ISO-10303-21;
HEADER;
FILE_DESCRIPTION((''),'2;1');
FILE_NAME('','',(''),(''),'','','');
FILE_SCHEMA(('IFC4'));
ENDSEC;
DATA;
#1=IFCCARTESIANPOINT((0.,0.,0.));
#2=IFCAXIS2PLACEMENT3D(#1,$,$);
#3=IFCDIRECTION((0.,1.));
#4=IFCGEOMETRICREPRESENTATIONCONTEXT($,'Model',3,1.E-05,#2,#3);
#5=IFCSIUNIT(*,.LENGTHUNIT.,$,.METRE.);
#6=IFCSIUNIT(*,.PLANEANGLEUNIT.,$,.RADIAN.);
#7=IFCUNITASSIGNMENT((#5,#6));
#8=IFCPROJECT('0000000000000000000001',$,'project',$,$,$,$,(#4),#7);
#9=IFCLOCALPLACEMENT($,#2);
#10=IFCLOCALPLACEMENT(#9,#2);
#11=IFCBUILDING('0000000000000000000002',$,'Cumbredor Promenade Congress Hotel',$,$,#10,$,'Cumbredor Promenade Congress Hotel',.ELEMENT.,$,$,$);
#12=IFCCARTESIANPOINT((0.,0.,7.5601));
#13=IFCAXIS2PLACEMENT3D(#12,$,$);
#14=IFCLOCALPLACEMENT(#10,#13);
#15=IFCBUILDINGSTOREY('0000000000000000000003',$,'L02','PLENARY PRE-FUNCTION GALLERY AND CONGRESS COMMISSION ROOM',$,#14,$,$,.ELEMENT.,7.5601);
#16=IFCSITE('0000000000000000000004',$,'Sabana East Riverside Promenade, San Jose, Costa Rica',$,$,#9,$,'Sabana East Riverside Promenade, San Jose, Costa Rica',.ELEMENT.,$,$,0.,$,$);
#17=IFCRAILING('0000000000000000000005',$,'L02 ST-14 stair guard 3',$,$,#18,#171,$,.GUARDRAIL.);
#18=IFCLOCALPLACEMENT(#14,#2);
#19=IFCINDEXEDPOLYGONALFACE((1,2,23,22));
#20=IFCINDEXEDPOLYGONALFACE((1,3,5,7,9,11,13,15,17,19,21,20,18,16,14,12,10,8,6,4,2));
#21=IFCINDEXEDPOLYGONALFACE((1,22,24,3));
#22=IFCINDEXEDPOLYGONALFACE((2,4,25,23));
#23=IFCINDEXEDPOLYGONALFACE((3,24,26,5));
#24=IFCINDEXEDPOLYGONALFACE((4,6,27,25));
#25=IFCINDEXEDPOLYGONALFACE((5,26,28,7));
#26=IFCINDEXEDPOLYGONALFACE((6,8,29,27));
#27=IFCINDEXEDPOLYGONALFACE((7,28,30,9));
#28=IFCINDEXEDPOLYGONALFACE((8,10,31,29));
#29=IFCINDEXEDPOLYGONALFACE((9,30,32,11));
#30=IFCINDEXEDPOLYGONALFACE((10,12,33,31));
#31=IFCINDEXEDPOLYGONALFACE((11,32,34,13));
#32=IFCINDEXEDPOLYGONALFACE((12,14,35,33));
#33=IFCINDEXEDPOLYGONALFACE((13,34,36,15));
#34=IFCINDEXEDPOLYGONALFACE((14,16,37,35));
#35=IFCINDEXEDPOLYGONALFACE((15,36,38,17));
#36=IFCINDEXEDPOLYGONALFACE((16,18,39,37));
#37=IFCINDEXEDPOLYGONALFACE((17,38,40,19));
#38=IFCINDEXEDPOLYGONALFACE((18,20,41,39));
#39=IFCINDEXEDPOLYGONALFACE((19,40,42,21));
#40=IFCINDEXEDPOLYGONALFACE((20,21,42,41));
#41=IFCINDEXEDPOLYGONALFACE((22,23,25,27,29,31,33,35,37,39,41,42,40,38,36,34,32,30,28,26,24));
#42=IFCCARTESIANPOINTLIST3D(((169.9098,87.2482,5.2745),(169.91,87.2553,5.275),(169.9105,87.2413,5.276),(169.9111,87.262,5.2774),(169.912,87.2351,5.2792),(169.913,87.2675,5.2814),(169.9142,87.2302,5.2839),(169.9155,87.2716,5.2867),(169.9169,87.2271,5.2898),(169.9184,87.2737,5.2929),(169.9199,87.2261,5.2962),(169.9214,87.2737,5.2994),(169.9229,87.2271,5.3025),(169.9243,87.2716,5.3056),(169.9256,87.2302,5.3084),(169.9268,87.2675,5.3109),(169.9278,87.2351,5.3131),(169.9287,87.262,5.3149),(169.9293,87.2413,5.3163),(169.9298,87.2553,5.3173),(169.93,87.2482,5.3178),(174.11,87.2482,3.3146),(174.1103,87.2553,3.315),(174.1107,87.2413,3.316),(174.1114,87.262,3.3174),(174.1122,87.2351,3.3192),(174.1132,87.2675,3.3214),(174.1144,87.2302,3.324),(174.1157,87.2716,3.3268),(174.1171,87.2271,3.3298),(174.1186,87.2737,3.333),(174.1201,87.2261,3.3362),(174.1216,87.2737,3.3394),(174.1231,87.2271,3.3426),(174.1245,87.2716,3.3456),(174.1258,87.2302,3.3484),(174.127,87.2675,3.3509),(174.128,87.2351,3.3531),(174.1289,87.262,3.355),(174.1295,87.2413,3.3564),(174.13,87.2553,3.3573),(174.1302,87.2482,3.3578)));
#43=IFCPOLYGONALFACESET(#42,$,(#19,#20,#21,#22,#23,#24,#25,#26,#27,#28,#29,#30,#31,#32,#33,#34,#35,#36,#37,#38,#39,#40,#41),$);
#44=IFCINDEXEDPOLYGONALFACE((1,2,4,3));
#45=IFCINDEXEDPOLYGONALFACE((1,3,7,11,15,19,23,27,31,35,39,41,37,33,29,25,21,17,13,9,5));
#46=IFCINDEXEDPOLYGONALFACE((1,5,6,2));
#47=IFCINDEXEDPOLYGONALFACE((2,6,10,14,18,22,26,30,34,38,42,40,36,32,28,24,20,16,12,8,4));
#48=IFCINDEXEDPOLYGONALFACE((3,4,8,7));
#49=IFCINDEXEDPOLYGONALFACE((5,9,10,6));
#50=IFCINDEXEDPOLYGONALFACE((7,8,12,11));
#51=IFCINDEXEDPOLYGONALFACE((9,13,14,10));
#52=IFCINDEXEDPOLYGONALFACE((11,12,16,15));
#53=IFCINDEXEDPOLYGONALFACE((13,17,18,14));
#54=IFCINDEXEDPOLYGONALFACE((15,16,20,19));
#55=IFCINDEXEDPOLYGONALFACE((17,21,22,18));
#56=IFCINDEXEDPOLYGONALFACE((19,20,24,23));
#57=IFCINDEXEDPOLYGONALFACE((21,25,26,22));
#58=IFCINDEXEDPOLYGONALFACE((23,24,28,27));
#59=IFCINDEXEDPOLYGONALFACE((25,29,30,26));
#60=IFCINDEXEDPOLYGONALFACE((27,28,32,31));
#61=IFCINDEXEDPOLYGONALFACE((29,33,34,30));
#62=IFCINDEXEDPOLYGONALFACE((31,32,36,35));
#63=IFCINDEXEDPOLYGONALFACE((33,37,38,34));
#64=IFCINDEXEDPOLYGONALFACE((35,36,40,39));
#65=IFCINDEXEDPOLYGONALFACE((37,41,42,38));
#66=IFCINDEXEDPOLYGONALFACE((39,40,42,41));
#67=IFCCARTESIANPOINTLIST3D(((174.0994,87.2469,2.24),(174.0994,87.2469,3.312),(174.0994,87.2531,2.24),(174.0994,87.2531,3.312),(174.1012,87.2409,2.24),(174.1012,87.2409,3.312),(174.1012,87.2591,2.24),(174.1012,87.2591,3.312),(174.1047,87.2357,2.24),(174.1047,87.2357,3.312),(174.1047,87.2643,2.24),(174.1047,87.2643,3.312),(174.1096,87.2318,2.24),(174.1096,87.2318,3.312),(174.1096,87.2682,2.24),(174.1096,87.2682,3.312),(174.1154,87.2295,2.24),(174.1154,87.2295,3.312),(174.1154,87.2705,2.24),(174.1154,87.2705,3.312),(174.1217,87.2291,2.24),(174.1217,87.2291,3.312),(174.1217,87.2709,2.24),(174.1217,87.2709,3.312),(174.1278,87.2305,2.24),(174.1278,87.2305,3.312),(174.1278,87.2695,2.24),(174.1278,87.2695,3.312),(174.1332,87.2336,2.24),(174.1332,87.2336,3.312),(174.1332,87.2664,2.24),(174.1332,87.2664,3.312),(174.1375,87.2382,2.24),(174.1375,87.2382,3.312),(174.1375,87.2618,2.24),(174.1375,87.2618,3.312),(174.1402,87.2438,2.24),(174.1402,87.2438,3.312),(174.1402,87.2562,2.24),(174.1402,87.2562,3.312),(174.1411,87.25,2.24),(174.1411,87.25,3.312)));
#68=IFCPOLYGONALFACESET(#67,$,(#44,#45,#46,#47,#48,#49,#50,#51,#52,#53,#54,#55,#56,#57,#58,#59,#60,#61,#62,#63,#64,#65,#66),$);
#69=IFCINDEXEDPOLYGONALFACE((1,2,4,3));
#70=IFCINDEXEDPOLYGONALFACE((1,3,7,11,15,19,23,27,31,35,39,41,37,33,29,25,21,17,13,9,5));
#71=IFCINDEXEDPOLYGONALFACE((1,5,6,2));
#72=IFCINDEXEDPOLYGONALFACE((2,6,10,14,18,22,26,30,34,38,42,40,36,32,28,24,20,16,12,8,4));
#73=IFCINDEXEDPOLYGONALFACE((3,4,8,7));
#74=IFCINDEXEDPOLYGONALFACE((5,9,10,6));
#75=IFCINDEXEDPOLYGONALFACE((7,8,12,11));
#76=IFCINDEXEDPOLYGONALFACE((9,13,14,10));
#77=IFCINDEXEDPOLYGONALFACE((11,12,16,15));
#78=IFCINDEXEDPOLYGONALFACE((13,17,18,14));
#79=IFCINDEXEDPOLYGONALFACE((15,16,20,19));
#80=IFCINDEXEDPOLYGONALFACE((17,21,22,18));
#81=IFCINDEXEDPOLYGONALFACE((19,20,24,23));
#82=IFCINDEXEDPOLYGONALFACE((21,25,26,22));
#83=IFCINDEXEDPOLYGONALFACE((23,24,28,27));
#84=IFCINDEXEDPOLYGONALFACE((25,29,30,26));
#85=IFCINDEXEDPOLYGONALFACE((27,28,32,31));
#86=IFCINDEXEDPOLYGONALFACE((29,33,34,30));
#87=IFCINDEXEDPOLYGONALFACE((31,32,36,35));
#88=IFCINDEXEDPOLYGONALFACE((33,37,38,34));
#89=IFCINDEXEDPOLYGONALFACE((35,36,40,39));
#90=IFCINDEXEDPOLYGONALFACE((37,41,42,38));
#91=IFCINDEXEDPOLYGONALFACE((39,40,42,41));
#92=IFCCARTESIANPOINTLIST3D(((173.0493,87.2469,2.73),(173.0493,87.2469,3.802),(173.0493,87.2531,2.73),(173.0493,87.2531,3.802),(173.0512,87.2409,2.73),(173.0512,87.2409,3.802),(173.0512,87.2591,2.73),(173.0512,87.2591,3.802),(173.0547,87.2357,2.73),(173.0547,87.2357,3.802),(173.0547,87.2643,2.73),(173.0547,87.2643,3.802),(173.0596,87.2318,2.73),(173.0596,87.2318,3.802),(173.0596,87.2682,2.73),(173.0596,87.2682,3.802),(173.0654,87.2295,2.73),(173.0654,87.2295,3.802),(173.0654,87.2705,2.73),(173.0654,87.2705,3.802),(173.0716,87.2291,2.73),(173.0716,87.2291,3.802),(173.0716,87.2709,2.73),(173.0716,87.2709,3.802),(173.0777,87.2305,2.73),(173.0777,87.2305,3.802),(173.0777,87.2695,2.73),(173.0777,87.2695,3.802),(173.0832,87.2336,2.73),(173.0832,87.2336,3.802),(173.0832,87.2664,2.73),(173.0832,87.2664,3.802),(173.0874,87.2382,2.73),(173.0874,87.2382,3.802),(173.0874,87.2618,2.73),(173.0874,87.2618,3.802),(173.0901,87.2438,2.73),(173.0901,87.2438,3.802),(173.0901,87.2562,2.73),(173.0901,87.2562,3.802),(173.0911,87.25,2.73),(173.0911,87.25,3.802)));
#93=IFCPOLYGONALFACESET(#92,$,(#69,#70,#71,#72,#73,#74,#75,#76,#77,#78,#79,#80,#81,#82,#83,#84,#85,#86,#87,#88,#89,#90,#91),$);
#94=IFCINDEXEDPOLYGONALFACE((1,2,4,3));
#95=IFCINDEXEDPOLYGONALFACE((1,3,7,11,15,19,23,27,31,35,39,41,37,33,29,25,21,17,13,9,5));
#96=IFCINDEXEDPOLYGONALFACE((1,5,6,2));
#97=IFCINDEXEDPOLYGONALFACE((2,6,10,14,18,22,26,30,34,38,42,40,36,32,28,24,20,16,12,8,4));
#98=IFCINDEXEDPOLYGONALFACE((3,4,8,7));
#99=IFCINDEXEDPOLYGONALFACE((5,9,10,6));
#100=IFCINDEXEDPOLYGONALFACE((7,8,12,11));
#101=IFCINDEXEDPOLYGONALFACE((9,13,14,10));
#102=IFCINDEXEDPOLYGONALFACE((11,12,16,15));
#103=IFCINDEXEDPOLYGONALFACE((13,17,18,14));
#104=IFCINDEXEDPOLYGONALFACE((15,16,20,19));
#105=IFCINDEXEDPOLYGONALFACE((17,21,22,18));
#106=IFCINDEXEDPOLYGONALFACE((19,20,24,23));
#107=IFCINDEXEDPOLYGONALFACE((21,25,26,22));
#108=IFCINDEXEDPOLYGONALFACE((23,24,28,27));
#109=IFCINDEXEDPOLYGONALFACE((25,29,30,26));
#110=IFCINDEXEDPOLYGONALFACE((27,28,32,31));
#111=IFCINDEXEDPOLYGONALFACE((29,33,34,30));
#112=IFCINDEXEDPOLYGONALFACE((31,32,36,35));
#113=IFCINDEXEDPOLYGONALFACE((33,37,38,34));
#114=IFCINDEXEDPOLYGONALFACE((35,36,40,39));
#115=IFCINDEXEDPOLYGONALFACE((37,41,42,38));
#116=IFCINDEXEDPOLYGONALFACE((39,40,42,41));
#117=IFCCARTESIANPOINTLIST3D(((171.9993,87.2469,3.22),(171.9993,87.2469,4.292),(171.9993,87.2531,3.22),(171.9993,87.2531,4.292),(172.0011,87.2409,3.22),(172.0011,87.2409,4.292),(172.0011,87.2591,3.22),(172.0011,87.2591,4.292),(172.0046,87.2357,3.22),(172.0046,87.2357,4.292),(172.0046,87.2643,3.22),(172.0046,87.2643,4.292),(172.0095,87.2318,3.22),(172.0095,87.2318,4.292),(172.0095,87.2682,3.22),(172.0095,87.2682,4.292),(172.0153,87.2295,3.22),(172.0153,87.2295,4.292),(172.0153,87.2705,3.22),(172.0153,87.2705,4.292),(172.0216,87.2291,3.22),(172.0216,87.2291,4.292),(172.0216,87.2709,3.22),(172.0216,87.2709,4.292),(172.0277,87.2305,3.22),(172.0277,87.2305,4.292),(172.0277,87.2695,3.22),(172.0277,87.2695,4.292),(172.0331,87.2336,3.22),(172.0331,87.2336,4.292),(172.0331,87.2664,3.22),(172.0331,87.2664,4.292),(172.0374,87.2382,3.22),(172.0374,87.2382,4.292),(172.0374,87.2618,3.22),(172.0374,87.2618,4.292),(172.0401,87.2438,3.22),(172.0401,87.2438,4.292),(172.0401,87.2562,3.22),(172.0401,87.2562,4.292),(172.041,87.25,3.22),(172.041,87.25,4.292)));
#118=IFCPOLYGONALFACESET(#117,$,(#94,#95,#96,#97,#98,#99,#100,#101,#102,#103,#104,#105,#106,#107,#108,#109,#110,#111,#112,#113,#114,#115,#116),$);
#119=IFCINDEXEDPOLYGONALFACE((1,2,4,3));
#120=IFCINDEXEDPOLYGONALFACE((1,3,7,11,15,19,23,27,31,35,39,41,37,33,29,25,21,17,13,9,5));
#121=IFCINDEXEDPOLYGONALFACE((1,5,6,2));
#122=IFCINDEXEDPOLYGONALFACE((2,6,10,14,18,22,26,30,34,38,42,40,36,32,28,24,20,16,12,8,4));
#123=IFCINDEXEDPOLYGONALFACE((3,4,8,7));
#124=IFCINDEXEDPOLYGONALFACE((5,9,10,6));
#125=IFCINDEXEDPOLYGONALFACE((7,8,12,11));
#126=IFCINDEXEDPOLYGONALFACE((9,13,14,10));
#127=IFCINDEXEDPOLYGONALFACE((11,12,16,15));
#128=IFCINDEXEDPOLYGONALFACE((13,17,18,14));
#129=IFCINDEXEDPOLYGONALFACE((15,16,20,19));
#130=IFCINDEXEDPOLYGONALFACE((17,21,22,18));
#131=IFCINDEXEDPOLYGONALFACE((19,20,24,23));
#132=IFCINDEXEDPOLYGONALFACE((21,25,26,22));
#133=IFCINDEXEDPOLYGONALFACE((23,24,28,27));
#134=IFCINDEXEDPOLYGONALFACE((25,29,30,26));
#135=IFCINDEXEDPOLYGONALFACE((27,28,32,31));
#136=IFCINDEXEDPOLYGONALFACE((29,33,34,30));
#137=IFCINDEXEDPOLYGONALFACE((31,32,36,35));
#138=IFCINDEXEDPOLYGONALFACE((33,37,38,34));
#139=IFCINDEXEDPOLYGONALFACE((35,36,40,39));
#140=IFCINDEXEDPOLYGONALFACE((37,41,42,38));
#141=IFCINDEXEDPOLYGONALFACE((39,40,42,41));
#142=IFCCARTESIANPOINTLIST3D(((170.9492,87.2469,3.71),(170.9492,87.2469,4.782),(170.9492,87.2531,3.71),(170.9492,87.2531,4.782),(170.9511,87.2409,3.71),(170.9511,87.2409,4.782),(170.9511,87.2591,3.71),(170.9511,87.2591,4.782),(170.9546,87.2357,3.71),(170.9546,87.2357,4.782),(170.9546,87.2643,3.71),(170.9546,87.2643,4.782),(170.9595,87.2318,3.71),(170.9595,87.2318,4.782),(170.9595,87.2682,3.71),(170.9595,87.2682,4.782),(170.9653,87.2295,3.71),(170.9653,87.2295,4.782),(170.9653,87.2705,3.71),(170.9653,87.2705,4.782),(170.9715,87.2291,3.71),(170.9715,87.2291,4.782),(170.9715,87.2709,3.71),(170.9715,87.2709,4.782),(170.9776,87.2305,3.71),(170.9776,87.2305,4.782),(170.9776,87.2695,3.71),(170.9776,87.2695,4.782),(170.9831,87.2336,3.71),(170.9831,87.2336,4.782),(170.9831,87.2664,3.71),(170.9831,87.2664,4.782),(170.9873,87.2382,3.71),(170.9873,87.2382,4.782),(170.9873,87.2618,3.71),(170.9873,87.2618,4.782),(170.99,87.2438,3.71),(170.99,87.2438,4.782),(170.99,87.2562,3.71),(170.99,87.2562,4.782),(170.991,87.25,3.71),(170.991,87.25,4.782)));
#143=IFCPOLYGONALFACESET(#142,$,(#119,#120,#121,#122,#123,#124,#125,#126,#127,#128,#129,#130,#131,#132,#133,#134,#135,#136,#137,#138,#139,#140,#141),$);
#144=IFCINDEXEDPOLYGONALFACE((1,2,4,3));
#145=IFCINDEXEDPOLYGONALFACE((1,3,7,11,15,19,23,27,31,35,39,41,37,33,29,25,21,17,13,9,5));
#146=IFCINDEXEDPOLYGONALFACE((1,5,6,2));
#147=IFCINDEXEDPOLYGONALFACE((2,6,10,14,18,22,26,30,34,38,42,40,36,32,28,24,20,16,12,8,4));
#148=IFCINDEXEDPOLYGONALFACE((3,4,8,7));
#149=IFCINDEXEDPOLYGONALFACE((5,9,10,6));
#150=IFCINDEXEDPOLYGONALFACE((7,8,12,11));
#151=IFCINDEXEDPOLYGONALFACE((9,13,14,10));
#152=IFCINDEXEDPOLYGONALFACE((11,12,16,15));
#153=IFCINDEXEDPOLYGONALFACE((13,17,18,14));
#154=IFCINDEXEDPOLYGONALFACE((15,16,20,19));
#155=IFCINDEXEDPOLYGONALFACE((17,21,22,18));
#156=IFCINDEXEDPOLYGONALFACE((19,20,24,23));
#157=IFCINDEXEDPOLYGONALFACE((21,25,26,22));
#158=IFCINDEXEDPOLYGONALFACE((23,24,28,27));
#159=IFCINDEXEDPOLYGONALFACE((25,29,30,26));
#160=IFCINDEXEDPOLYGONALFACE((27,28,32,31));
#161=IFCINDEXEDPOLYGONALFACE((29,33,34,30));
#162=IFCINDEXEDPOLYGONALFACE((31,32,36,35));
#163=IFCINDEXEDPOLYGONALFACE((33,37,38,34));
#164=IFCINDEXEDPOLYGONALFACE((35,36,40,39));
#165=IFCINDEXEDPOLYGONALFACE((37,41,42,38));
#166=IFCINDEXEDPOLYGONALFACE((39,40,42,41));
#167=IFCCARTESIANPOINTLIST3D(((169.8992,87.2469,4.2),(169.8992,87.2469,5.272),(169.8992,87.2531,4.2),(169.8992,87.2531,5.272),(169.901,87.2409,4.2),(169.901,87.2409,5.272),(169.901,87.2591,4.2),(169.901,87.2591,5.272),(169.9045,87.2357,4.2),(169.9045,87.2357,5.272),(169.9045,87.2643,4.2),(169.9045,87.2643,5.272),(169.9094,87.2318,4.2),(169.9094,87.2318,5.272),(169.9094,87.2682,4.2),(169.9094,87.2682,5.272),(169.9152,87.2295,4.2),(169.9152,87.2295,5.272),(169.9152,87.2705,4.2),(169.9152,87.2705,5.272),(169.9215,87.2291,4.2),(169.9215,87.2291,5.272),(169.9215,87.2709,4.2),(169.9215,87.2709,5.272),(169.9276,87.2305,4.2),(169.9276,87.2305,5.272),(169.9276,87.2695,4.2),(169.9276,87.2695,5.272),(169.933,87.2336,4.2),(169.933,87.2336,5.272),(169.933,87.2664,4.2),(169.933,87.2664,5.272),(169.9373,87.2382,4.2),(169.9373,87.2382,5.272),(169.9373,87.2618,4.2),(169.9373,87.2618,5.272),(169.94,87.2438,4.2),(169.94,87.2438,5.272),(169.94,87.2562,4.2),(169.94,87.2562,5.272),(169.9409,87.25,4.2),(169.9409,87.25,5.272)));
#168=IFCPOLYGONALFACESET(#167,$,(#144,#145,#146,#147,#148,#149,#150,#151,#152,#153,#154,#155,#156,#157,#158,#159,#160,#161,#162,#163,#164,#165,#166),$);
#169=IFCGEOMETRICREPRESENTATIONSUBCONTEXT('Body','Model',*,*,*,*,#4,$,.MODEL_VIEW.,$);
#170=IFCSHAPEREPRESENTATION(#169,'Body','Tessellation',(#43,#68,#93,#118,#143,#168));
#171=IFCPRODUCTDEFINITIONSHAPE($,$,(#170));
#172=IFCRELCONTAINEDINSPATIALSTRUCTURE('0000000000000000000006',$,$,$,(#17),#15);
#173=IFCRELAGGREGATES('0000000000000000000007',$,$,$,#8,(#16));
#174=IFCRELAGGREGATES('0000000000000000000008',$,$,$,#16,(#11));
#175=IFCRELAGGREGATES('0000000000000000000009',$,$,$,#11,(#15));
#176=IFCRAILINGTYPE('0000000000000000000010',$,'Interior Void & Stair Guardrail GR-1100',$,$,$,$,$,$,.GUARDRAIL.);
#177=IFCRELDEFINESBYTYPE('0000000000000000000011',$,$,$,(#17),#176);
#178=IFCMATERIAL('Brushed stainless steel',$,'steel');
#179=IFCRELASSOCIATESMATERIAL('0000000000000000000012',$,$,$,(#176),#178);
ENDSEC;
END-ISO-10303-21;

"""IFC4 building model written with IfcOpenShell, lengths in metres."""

from ifc_helpers import new_model, si_unit, direction, frame, origin, origin_2d, place, context, subcontext, project, spatial, circle, extrude, material, type_object, element, save


model = new_model("IFC4")

# Units and contexts
model_context = context("Model", 3, precision=1e-05, world=origin(), true_north=direction((0.0, 1.0)))
body_context = subcontext(model_context, "Body", "Model", "MODEL_VIEW")
ifc_project = project(units=[si_unit("LENGTHUNIT", "METRE"), si_unit("PLANEANGLEUNIT", "RADIAN")], contexts=[model_context])

# Site, building, storey
site_placement = place(None, origin())
site = spatial("IfcSite", under=ifc_project, at=site_placement, Name="Sabana East Riverside Promenade, San Jose, Costa Rica", LongName="Sabana East Riverside Promenade, San Jose, Costa Rica", CompositionType="ELEMENT", RefElevation=0.0)
building_placement = place(site_placement, origin())
building = spatial("IfcBuilding", under=site, at=building_placement, Name="Cumbredor Promenade Congress Hotel", LongName="Cumbredor Promenade Congress Hotel", CompositionType="ELEMENT")
storey_placement = place(building_placement, frame((0.0, 0.0, 7.5601)))
storey = spatial("IfcBuildingStorey", under=building, at=storey_placement, Name="L02", Description="PLENARY PRE-FUNCTION GALLERY AND CONGRESS COMMISSION ROOM", CompositionType="ELEMENT", Elevation=7.5601)

# Railing
ifc_material_1 = material(Name="Brushed stainless steel", Category="steel")
railing_type_1 = type_object("IfcRailingType", Name="Interior Void & Stair Guardrail GR-1100", PredefinedType="GUARDRAIL", material=ifc_material_1)
railing_1_placement = place(storey_placement, frame((174.1201, 87.25, 2.24)))
element("IfcRailing", 1, at=railing_1_placement, inside=storey, type_object=railing_type_1, Name="L02 ST-14 stair guard 3", PredefinedType="GUARDRAIL", context=body_context, shape_type="SweptSolid", body=[
    extrude(circle(Radius=0.0239, at=origin_2d()), frame((0.0, 0.0, 1.0962), z_axis=(-0.906194, 0.0, 0.422862), x_axis=(0.0, -1.0, 0.0)), (0.0, 0.0, 1.0), 4.635),
    extrude(circle(Radius=0.021, at=origin_2d()), origin(), (0.0, 0.0, 1.0), 1.072),
    extrude(circle(Radius=0.021, at=origin_2d()), frame((-1.05, 0.0, 0.49)), (0.0, 0.0, 1.0), 1.072),
    extrude(circle(Radius=0.021, at=origin_2d()), frame((-2.1001, 0.0, 0.98)), (0.0, 0.0, 1.0), 1.072),
    extrude(circle(Radius=0.021, at=origin_2d()), frame((-3.1501, 0.0, 1.47)), (0.0, 0.0, 1.0), 1.072),
    extrude(circle(Radius=0.021, at=origin_2d()), frame((-4.2002, 0.0, 1.96)), (0.0, 0.0, 1.0), 1.072),
])

save(model, "model.ifc")
